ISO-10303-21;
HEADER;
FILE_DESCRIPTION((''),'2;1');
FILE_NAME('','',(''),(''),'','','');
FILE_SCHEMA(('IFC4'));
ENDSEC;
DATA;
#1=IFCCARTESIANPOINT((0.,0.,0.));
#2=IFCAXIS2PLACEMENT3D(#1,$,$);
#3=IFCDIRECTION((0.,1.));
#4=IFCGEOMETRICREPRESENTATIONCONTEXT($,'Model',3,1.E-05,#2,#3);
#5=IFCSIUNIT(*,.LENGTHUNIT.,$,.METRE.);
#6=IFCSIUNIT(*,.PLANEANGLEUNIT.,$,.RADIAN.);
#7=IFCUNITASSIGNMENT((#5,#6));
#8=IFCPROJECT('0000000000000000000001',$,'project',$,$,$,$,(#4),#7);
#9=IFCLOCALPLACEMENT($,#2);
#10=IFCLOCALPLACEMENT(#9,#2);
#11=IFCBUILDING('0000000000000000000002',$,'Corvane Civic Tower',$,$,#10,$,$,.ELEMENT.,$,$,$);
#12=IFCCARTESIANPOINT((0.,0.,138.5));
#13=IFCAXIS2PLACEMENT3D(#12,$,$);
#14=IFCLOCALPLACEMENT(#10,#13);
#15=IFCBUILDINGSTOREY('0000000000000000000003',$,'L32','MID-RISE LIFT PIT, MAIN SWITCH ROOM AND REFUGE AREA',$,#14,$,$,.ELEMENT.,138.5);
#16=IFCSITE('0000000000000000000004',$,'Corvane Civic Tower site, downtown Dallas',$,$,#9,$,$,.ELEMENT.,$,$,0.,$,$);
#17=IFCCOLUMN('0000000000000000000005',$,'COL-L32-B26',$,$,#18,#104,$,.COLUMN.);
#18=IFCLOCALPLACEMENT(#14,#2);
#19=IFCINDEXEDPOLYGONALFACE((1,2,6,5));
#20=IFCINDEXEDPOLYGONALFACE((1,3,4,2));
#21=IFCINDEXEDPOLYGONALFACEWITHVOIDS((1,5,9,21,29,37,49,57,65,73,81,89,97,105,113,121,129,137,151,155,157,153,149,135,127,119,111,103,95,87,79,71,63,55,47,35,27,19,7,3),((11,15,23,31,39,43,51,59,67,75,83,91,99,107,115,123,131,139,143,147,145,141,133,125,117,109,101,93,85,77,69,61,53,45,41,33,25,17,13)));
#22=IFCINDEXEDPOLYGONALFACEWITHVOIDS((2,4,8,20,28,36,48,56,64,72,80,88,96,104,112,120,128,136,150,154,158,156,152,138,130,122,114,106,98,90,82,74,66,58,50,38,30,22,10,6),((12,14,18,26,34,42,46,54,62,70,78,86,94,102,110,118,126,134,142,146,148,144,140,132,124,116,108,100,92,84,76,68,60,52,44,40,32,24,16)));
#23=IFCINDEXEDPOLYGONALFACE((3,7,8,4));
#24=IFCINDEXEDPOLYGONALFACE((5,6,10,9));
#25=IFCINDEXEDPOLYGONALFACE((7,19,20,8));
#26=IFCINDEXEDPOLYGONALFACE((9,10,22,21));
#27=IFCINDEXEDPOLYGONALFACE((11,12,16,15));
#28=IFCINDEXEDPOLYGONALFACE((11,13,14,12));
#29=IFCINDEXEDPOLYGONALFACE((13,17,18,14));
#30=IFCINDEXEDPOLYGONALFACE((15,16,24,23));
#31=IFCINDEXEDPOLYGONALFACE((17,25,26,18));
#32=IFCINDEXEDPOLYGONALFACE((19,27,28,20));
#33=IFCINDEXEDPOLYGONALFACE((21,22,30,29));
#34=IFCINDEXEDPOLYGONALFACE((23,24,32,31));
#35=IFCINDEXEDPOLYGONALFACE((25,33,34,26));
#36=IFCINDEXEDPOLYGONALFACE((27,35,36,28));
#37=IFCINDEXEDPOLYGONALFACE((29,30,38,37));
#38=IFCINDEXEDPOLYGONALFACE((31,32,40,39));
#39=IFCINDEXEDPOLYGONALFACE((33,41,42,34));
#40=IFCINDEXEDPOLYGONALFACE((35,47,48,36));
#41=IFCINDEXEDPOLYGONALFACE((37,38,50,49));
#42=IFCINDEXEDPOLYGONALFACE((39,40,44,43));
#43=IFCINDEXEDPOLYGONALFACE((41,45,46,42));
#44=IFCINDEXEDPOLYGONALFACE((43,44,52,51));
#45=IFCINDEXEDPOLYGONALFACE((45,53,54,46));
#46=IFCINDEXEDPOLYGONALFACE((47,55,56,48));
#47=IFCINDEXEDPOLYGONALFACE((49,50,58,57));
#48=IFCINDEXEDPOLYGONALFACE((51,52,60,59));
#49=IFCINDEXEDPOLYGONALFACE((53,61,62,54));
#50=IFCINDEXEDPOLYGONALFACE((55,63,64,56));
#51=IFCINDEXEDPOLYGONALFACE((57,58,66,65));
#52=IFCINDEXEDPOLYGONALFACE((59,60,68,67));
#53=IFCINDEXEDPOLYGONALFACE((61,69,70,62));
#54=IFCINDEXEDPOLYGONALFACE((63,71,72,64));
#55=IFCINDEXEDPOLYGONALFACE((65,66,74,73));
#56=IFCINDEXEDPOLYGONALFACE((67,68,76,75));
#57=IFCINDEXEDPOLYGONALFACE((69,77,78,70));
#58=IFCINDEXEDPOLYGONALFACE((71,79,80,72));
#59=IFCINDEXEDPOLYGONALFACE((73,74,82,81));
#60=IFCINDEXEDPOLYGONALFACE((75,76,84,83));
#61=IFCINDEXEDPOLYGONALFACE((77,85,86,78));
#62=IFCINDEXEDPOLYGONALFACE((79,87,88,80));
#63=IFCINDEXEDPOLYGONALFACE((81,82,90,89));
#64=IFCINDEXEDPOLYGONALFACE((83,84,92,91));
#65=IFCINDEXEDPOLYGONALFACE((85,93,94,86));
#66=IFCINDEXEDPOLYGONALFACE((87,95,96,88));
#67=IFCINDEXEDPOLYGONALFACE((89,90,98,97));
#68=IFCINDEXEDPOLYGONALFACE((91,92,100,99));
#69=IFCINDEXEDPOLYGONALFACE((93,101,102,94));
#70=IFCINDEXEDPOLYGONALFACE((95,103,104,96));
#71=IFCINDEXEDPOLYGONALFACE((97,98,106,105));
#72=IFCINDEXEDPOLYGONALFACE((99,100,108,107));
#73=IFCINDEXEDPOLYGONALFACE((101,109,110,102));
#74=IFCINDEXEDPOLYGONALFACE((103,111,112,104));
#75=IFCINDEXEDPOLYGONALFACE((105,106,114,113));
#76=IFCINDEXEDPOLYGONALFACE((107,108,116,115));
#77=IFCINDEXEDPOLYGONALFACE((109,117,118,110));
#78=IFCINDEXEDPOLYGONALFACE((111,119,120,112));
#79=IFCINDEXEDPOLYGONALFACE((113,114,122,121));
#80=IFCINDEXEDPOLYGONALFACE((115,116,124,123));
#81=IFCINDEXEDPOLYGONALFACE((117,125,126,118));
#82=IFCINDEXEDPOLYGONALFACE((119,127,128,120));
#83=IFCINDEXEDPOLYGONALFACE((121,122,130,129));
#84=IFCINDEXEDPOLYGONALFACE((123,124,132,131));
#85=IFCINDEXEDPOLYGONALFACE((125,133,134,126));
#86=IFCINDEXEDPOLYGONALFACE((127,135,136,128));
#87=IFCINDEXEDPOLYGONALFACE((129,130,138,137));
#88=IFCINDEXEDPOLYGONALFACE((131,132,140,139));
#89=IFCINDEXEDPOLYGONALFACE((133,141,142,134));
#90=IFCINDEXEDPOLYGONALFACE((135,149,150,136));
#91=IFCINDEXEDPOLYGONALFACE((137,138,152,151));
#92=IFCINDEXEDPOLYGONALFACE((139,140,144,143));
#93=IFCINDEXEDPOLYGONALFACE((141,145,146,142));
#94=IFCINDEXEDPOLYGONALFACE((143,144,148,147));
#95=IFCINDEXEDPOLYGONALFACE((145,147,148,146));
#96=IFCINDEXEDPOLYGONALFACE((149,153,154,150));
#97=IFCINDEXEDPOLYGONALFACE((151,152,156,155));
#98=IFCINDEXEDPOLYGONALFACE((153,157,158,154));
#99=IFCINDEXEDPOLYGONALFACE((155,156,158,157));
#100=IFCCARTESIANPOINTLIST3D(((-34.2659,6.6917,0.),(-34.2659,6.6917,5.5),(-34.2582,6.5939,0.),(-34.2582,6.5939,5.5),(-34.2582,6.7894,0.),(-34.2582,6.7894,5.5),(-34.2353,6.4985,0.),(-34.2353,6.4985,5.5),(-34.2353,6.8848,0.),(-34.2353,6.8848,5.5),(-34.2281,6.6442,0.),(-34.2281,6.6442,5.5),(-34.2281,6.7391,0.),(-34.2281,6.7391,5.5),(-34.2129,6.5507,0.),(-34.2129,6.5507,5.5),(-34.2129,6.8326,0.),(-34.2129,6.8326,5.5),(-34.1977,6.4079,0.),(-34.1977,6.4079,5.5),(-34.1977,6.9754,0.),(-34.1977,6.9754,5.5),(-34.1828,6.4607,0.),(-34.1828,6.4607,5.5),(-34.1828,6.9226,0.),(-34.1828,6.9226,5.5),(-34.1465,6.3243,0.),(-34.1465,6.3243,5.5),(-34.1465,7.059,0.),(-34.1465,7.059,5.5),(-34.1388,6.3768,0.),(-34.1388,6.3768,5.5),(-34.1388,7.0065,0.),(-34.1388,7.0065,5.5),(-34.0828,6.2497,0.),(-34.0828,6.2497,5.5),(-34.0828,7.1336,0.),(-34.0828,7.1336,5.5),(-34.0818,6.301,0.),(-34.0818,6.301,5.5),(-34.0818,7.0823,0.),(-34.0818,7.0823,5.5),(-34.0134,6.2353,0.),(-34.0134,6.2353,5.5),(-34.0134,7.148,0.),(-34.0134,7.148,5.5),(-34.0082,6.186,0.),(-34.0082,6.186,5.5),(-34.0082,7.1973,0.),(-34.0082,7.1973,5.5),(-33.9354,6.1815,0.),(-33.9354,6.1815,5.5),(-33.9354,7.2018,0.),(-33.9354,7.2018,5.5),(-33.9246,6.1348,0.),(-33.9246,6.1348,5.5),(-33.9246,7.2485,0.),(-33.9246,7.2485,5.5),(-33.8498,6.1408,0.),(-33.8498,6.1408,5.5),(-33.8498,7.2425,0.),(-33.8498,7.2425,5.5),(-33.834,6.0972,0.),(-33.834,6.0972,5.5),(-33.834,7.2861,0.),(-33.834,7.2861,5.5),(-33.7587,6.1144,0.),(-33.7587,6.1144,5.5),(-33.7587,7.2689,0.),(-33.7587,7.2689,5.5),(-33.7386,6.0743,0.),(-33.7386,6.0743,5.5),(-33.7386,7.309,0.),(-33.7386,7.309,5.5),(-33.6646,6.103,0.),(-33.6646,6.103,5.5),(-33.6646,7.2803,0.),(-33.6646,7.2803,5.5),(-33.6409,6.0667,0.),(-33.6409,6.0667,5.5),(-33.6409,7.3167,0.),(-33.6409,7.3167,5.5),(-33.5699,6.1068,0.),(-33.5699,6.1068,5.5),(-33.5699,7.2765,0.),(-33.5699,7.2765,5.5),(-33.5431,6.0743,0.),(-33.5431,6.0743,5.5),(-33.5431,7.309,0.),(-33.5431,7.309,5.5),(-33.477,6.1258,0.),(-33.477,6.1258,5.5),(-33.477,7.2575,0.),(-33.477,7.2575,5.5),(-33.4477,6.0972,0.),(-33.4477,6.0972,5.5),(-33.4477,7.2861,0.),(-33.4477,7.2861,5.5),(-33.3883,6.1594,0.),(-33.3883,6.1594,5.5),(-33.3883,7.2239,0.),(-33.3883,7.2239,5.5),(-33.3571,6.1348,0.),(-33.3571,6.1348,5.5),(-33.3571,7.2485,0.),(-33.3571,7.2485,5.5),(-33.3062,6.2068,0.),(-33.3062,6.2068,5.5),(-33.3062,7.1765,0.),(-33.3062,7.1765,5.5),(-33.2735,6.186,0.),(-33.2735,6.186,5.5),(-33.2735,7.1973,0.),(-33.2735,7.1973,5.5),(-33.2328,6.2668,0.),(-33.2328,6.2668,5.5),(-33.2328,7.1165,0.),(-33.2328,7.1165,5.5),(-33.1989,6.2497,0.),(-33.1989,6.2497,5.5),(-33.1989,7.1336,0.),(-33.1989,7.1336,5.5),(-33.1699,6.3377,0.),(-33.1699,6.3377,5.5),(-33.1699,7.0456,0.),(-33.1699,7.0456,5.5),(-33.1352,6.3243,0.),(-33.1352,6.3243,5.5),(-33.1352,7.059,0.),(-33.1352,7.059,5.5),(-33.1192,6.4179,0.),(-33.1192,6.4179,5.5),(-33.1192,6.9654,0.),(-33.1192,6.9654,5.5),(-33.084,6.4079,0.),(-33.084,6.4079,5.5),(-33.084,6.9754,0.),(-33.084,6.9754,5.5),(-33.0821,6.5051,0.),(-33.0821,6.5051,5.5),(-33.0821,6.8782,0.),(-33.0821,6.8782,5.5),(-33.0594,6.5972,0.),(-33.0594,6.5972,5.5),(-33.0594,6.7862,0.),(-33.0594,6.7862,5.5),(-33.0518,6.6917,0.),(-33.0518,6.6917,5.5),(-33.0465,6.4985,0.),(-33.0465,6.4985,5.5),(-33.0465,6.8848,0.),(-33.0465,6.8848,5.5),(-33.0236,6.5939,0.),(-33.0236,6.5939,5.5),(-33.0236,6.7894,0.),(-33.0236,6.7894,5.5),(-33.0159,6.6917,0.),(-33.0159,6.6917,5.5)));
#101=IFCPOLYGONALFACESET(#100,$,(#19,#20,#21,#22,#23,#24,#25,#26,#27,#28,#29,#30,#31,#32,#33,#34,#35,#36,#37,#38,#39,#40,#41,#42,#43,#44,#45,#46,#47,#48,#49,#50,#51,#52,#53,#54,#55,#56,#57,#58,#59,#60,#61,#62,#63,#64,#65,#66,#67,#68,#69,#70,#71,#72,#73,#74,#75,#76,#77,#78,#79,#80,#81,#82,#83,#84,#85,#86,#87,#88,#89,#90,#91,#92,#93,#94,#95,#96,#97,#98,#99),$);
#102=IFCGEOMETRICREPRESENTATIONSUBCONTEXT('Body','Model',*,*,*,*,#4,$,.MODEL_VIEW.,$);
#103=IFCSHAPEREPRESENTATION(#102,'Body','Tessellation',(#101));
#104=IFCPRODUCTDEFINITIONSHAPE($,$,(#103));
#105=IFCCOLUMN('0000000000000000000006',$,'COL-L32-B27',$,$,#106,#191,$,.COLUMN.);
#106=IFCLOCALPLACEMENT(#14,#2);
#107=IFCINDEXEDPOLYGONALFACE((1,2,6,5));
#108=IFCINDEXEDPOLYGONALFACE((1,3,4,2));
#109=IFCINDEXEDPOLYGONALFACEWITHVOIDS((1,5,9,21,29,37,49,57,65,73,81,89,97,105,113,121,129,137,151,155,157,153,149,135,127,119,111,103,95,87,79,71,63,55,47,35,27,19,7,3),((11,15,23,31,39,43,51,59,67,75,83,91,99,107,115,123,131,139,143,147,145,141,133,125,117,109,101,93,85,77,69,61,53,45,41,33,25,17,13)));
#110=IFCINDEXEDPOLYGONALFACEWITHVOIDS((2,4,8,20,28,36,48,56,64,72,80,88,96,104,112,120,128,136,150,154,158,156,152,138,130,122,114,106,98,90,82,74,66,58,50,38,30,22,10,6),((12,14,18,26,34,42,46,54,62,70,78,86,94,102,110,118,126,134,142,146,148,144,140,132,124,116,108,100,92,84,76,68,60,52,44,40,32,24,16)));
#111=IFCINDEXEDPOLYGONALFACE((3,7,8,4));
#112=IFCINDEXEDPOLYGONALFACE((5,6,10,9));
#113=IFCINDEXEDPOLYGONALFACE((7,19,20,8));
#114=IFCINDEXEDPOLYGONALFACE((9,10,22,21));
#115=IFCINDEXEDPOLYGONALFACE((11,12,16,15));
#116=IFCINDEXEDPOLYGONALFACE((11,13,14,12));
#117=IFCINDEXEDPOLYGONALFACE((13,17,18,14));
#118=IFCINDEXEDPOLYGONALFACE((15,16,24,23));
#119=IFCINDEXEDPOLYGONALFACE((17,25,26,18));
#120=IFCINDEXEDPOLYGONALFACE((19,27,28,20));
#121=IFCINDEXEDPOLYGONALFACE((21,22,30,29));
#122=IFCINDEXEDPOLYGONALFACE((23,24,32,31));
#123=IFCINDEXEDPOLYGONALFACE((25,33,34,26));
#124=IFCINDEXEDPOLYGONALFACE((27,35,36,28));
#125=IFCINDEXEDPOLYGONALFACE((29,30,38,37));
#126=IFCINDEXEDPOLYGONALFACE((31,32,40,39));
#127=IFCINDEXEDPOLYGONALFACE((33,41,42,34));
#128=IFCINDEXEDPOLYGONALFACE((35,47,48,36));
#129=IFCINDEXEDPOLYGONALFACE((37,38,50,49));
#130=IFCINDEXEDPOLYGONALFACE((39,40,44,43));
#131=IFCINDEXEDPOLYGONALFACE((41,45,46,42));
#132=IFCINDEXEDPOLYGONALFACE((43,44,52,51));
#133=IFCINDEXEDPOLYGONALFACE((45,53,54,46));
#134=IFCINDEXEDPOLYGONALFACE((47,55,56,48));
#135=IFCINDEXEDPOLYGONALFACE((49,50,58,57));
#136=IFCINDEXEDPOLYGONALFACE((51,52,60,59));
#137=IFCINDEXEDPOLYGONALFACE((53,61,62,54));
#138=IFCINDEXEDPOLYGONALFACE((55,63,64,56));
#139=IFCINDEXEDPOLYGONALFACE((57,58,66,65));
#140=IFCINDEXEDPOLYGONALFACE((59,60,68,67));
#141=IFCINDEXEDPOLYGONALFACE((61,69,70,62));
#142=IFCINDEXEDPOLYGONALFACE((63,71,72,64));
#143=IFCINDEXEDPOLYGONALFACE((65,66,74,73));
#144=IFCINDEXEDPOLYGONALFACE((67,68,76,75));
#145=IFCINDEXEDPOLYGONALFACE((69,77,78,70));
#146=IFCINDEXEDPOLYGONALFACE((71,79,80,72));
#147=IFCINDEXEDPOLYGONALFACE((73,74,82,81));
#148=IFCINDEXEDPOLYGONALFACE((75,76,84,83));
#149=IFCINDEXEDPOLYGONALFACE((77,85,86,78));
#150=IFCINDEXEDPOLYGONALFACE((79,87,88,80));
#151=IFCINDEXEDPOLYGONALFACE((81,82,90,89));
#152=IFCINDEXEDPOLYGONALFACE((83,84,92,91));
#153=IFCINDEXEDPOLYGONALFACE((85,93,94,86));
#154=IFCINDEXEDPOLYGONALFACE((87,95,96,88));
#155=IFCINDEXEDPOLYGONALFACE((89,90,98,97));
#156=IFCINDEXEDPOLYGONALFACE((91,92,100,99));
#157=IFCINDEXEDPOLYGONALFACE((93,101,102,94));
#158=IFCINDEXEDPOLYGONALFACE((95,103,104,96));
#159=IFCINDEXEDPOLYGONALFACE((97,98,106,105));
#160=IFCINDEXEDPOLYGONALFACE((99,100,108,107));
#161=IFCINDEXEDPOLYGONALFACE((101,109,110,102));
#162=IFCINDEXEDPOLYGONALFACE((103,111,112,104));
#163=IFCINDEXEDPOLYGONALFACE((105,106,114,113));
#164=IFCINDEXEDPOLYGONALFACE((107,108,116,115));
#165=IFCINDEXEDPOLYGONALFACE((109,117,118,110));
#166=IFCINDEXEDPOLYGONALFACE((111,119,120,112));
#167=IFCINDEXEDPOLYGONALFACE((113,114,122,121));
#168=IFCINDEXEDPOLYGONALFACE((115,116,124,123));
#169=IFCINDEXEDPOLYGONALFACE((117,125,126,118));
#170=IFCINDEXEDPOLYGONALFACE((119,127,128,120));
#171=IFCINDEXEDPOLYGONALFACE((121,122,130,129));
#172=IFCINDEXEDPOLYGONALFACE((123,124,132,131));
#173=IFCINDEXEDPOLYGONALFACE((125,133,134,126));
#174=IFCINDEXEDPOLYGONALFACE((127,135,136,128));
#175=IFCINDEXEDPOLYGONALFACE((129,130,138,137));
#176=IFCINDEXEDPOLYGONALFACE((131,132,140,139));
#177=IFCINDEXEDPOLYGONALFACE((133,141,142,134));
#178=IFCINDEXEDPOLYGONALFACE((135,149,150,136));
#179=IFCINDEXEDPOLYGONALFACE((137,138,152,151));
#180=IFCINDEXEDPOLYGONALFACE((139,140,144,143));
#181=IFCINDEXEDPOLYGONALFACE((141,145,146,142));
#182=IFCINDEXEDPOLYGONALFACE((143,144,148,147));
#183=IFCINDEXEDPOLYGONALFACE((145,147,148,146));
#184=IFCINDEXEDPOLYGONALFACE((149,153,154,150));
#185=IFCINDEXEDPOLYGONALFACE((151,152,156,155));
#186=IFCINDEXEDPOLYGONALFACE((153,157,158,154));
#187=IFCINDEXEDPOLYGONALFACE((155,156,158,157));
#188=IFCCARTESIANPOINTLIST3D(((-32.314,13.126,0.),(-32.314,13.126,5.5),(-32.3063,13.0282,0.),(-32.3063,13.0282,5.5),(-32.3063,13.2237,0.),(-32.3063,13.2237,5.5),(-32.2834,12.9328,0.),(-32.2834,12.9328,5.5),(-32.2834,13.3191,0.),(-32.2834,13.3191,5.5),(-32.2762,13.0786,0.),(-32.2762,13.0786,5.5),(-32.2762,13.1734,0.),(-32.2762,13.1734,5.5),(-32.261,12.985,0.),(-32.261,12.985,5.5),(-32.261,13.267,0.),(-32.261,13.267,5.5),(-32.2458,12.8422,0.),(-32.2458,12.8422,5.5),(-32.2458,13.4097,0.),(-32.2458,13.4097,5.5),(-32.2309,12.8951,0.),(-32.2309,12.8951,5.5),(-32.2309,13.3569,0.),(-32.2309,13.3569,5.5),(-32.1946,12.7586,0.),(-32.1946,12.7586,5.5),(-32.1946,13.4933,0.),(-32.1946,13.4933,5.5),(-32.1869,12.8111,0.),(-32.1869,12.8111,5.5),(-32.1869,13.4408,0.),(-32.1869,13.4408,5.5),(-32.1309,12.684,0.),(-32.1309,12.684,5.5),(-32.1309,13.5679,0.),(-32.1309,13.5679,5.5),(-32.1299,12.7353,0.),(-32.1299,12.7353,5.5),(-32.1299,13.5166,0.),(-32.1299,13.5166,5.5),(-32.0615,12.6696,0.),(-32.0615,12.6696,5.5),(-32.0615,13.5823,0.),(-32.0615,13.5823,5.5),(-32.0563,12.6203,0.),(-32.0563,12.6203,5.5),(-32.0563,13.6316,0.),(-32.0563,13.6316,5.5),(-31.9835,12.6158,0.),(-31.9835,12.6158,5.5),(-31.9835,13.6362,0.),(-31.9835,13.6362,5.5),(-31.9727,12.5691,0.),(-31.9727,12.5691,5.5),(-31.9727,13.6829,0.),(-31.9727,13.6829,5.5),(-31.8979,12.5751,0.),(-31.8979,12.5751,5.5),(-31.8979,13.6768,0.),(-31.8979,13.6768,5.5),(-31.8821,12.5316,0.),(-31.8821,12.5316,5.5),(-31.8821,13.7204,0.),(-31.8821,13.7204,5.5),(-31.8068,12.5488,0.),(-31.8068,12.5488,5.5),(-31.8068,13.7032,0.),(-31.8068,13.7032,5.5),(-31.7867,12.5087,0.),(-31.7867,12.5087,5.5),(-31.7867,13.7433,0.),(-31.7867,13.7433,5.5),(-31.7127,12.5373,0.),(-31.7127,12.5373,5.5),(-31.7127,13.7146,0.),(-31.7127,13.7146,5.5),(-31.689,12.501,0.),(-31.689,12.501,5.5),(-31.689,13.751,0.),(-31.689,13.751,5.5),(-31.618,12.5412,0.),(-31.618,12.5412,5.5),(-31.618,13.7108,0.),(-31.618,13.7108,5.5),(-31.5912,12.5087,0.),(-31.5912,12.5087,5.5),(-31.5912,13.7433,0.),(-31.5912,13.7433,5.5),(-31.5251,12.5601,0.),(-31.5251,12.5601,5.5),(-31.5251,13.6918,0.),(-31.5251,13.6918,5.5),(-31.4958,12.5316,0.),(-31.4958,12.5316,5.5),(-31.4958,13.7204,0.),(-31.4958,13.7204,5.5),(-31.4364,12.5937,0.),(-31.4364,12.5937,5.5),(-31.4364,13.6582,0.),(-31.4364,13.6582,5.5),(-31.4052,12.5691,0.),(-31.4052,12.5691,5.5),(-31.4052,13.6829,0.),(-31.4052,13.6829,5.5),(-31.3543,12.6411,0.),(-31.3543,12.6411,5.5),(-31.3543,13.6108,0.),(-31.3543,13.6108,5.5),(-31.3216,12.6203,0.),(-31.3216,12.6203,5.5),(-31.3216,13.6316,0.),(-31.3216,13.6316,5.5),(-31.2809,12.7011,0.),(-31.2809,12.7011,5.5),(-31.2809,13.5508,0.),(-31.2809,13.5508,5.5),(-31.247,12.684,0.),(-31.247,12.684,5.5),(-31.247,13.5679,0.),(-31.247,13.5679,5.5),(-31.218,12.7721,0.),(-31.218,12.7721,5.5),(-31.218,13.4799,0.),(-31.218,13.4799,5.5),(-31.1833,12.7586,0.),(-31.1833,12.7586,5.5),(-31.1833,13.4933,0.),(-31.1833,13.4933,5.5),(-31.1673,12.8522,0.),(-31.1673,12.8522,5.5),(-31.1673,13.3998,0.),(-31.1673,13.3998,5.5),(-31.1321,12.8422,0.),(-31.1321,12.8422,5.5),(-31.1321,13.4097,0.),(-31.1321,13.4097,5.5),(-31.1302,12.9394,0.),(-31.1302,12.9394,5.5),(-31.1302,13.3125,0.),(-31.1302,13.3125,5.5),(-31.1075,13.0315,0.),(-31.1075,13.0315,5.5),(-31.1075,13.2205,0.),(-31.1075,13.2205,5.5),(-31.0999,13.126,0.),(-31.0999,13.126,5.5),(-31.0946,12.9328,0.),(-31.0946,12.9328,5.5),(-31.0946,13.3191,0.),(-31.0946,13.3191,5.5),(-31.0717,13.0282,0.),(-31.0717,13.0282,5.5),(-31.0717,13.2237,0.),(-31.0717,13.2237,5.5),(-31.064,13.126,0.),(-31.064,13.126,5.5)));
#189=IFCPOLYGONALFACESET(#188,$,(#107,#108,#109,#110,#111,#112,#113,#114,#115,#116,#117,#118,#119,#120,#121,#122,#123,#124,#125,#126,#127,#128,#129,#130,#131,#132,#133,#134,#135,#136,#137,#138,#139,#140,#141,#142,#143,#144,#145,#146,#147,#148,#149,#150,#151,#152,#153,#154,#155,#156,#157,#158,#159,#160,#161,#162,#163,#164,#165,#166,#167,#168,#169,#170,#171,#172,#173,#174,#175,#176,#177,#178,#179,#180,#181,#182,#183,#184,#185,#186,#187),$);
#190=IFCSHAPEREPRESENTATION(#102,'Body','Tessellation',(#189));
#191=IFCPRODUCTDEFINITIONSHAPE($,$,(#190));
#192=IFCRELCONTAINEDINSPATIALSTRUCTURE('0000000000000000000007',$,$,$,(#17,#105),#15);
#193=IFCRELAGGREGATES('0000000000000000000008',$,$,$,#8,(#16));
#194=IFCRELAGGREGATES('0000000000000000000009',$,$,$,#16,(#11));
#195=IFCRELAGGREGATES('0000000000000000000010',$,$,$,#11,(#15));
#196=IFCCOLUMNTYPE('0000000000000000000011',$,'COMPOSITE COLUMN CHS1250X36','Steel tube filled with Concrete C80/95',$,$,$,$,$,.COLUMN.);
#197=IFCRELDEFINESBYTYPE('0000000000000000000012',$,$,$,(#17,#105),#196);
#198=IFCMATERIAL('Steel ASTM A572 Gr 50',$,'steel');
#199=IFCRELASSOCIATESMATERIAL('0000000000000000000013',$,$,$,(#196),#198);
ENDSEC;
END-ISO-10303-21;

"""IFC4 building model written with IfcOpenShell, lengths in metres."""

from ifc_helpers import new_model, si_unit, direction, frame, origin, origin_2d, place, context, subcontext, project, spatial, hollow_circle, extrude, material, material_profile, profile_set, type_object, element, save


model = new_model("IFC4")

# Units and contexts
model_context = context("Model", 3, precision=1e-05, world=origin(), true_north=direction((0.0, 1.0)))
body_context = subcontext(model_context, "Body", "Model", "MODEL_VIEW")
ifc_project = project(units=[si_unit("LENGTHUNIT", "METRE"), si_unit("PLANEANGLEUNIT", "RADIAN")], contexts=[model_context])

# Site, building, storey
site_placement = place(None, origin())
site = spatial("IfcSite", under=ifc_project, at=site_placement, Name="Corvane Civic Tower site, downtown Dallas", CompositionType="ELEMENT", RefElevation=0.0)
building_placement = place(site_placement, origin())
building = spatial("IfcBuilding", under=site, at=building_placement, Name="Corvane Civic Tower", CompositionType="ELEMENT")
storey_placement = place(building_placement, frame((0.0, 0.0, 138.5)))
storey = spatial("IfcBuildingStorey", under=building, at=storey_placement, Name="L32", Description="MID-RISE LIFT PIT, MAIN SWITCH ROOM AND REFUGE AREA", CompositionType="ELEMENT", Elevation=138.5)

# Columns
ifc_material_1 = material(Name="Steel ASTM A572 Gr 50", Category="steel")
ifc_material_profile_1 = material_profile(ifc_material_1, hollow_circle(Radius=0.625, WallThickness=0.0359, at=origin_2d()), Name="CHS1250X36")
ifc_profile_set_1 = profile_set([ifc_material_profile_1], Name="Steel ASTM A572 Gr 50")
column_type = type_object("IfcColumnType", Name="COMPOSITE COLUMN CHS1250X36", Description="Steel tube filled with Concrete C80/95", PredefinedType="COLUMN", material=ifc_profile_set_1)
for number, where, z_axis, x_axis, name in (
    (1, (-33.6409, 6.6917, 0.0), (0.0, 0.0, 1.0), (1.0, 0.0, 0.0), "COL-L32-B26"),
    (2, (-31.689, 13.126, 0.0), (0.0, 0.0, 1.0), (1.0, 0.0, 0.0), "COL-L32-B27"),
):
    element("IfcColumn", number, at=place(storey_placement, frame(where, z_axis=z_axis, x_axis=x_axis)), inside=storey, type_object=column_type, Name=name, PredefinedType="COLUMN", context=body_context, shape_type="SweptSolid", body=[
        extrude(hollow_circle(Radius=0.625, WallThickness=0.0359, at=origin_2d()), origin(), (0.0, 0.0, 1.0), 5.5),
    ])

save(model, "model.ifc")
